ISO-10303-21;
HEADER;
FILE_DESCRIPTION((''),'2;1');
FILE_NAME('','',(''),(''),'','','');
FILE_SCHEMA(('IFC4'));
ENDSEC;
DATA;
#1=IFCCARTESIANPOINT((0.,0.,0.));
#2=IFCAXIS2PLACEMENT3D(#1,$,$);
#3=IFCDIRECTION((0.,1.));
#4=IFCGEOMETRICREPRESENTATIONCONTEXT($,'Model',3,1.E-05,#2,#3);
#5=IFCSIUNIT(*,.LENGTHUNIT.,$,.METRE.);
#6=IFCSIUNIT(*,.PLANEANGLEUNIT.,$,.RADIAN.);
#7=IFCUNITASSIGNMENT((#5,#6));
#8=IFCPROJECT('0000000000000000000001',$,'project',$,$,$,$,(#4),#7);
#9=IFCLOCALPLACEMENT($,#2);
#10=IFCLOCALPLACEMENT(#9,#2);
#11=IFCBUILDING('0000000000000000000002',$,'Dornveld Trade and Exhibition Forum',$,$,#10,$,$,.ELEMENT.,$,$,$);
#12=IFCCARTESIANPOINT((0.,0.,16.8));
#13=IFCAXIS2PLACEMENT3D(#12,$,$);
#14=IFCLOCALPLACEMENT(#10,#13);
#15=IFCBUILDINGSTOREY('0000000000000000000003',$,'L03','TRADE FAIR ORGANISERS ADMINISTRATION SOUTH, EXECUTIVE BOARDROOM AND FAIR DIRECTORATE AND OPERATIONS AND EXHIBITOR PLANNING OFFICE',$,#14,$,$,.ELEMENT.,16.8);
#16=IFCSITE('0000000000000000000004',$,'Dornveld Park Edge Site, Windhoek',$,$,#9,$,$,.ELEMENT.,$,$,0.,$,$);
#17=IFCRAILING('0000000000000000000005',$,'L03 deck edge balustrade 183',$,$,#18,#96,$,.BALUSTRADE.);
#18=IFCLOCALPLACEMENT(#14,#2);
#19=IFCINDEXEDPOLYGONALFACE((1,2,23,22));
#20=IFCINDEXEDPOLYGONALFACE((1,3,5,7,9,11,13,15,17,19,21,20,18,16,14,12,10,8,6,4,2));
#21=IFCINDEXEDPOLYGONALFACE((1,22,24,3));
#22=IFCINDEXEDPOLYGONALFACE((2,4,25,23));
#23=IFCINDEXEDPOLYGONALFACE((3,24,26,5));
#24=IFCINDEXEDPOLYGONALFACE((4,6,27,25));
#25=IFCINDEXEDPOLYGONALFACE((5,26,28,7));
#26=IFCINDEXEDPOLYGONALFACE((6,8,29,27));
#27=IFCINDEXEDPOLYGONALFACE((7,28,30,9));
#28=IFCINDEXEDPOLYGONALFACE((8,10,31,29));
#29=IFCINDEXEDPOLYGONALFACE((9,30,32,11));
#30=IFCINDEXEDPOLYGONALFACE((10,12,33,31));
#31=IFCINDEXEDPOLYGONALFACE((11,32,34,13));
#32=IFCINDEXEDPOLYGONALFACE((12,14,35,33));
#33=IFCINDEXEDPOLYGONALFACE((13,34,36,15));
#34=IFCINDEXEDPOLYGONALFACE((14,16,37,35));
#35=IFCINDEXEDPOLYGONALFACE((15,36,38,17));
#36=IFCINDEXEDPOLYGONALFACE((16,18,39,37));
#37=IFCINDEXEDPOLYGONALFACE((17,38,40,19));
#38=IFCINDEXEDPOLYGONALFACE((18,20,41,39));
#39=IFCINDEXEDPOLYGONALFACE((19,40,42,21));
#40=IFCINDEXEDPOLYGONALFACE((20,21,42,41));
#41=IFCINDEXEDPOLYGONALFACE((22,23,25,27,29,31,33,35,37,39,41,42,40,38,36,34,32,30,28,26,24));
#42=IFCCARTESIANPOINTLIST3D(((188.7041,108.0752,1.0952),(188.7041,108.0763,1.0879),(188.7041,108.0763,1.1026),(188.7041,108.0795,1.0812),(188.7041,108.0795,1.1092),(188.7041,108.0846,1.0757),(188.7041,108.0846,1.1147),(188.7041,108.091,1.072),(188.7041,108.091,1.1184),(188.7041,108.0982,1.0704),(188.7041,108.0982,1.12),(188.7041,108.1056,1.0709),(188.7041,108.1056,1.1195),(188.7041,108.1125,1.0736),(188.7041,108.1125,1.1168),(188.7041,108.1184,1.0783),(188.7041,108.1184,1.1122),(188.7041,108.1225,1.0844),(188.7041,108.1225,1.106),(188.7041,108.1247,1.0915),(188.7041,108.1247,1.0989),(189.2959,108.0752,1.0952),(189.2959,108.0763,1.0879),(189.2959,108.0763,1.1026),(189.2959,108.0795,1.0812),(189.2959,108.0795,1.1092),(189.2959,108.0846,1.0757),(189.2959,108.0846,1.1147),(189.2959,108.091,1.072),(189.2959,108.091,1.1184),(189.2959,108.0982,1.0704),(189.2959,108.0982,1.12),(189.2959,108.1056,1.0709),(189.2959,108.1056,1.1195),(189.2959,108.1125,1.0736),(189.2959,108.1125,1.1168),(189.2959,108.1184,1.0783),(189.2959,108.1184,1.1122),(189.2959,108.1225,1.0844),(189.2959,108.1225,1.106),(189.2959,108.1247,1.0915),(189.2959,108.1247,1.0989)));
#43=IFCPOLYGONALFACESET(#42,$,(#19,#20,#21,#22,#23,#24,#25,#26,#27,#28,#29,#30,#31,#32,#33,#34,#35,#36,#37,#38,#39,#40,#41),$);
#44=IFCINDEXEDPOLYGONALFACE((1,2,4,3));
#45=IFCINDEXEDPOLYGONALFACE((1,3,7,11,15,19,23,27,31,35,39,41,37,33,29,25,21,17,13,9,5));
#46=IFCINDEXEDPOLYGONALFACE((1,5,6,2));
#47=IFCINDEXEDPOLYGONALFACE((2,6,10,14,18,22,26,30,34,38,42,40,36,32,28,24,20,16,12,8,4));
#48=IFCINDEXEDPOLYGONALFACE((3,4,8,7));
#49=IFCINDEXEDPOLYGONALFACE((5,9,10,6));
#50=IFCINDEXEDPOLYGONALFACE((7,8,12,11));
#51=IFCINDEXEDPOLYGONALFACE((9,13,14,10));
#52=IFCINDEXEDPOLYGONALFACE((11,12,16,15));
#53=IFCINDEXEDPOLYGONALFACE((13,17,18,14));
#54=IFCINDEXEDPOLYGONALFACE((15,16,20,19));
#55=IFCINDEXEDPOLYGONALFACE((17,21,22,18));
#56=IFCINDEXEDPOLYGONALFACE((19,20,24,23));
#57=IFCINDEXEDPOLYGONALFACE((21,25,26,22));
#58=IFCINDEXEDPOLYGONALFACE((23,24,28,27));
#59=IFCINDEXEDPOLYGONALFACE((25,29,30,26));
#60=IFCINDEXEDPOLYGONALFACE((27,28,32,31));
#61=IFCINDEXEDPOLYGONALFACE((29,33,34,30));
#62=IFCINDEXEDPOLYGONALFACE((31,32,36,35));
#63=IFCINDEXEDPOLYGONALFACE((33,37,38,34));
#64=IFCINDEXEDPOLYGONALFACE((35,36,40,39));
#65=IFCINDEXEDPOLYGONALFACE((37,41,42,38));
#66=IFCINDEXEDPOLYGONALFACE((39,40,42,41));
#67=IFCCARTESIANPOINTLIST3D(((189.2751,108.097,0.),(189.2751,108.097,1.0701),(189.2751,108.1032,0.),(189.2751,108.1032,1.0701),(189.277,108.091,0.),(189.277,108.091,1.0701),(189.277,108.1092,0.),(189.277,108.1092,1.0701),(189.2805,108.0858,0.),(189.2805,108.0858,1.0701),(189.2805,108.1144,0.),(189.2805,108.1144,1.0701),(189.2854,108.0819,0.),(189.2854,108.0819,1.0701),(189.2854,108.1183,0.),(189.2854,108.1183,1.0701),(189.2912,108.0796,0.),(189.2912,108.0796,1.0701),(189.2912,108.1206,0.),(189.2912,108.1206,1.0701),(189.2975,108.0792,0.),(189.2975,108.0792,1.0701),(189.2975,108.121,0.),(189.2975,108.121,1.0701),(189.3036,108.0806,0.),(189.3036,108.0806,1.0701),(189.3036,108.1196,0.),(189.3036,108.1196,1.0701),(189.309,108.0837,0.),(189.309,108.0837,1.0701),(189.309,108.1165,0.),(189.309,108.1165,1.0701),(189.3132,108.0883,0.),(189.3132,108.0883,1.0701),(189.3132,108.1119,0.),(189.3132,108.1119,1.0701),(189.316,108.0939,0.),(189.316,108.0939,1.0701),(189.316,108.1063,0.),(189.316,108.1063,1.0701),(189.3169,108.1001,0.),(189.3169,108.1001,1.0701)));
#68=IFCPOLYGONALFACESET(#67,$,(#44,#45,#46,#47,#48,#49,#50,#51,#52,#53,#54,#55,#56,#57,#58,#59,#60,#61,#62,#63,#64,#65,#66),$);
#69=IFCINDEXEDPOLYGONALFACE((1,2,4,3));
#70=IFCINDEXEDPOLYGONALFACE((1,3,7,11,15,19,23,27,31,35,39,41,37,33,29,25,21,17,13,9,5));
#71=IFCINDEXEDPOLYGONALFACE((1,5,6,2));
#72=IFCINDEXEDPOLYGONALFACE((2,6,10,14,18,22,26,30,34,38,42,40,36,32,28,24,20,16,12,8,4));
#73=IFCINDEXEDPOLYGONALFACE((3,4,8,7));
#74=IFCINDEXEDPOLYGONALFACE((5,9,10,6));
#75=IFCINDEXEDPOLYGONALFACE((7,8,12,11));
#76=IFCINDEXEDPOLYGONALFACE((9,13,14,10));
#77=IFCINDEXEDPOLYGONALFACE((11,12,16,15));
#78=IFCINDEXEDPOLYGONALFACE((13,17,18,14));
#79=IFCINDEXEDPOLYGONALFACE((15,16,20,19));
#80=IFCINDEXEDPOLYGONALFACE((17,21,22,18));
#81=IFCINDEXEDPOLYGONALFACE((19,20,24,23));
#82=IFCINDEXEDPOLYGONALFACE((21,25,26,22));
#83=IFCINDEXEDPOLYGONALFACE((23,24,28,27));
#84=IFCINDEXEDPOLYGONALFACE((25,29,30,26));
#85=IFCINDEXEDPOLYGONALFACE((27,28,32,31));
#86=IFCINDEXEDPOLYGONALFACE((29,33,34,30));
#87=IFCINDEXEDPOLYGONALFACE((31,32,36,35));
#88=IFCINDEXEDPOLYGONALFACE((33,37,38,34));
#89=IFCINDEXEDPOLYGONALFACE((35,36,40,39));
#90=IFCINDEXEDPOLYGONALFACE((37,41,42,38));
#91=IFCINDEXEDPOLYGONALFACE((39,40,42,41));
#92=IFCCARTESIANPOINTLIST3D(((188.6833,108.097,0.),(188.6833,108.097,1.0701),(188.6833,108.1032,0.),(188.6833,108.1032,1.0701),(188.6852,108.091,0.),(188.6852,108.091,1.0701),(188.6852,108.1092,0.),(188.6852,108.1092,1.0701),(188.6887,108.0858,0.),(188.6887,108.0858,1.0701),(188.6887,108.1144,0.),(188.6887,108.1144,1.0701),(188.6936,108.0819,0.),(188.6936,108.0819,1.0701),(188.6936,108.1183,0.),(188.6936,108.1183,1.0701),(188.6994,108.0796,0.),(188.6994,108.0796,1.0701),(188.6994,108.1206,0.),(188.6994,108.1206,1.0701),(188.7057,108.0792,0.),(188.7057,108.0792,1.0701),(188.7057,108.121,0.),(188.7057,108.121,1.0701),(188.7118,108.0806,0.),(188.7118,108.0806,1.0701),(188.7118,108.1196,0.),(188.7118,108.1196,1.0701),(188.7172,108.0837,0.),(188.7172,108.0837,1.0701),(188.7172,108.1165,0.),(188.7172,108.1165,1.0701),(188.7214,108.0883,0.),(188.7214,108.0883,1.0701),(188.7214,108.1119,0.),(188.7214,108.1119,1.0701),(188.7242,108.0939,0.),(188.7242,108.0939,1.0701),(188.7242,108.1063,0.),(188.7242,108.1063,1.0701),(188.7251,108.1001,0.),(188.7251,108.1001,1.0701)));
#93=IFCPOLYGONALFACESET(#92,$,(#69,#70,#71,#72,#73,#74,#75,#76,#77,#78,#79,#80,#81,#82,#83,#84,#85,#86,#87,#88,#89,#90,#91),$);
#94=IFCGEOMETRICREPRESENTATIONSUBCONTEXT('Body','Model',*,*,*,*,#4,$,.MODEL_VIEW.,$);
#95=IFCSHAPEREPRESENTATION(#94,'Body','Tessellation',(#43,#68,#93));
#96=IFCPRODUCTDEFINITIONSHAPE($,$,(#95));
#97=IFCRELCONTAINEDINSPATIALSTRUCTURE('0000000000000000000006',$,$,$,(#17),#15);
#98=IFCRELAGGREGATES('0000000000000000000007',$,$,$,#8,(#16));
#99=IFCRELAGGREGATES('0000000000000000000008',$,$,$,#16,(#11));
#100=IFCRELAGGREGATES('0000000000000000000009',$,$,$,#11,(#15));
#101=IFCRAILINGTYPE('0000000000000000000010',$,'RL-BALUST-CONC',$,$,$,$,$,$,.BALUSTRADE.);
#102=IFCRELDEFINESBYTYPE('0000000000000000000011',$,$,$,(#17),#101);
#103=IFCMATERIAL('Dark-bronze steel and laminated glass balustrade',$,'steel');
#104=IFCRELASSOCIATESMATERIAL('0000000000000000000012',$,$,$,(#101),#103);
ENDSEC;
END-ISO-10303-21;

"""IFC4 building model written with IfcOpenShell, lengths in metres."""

from ifc_helpers import new_model, si_unit, direction, frame, origin, origin_2d, place, context, subcontext, project, spatial, circle, extrude, material, type_object, element, save


model = new_model("IFC4")

# Units and contexts
model_context = context("Model", 3, precision=1e-05, world=origin(), true_north=direction((0.0, 1.0)))
body_context = subcontext(model_context, "Body", "Model", "MODEL_VIEW")
ifc_project = project(units=[si_unit("LENGTHUNIT", "METRE"), si_unit("PLANEANGLEUNIT", "RADIAN")], contexts=[model_context])

# Site, building, storey
site_placement = place(None, origin())
site = spatial("IfcSite", under=ifc_project, at=site_placement, Name="Dornveld Park Edge Site, Windhoek", CompositionType="ELEMENT", RefElevation=0.0)
building_placement = place(site_placement, origin())
building = spatial("IfcBuilding", under=site, at=building_placement, Name="Dornveld Trade and Exhibition Forum", CompositionType="ELEMENT")
storey_placement = place(building_placement, frame((0.0, 0.0, 16.8)))
storey = spatial("IfcBuildingStorey", under=building, at=storey_placement, Name="L03", Description="TRADE FAIR ORGANISERS ADMINISTRATION SOUTH, EXECUTIVE BOARDROOM AND FAIR DIRECTORATE AND OPERATIONS AND EXHIBITOR PLANNING OFFICE", CompositionType="ELEMENT", Elevation=16.8)

# Railing
ifc_material_1 = material(Name="Dark-bronze steel and laminated glass balustrade", Category="steel")
railing_type = type_object("IfcRailingType", Name="RL-BALUST-CONC", PredefinedType="BALUSTRADE", material=ifc_material_1)
railing_placement = place(storey_placement, frame((189.2959, 108.1001, 0.0)))
element("IfcRailing", 1, at=railing_placement, inside=storey, type_object=railing_type, Name="L03 deck edge balustrade 183", PredefinedType="BALUSTRADE", context=body_context, shape_type="SweptSolid", body=[
    extrude(circle(Radius=0.0249, at=origin_2d()), frame((0.0, 0.0, 1.0952), z_axis=(-1.0, 0.0, 0.0), x_axis=(0.0, -1.0, 0.0)), (0.0, 0.0, 1.0), 0.5918),
    extrude(circle(Radius=0.021, at=origin_2d()), origin(), (0.0, 0.0, 1.0), 1.0701),
    extrude(circle(Radius=0.021, at=origin_2d()), frame((-0.5918, 0.0, 0.0)), (0.0, 0.0, 1.0), 1.0701),
])

save(model, "model.ifc")
